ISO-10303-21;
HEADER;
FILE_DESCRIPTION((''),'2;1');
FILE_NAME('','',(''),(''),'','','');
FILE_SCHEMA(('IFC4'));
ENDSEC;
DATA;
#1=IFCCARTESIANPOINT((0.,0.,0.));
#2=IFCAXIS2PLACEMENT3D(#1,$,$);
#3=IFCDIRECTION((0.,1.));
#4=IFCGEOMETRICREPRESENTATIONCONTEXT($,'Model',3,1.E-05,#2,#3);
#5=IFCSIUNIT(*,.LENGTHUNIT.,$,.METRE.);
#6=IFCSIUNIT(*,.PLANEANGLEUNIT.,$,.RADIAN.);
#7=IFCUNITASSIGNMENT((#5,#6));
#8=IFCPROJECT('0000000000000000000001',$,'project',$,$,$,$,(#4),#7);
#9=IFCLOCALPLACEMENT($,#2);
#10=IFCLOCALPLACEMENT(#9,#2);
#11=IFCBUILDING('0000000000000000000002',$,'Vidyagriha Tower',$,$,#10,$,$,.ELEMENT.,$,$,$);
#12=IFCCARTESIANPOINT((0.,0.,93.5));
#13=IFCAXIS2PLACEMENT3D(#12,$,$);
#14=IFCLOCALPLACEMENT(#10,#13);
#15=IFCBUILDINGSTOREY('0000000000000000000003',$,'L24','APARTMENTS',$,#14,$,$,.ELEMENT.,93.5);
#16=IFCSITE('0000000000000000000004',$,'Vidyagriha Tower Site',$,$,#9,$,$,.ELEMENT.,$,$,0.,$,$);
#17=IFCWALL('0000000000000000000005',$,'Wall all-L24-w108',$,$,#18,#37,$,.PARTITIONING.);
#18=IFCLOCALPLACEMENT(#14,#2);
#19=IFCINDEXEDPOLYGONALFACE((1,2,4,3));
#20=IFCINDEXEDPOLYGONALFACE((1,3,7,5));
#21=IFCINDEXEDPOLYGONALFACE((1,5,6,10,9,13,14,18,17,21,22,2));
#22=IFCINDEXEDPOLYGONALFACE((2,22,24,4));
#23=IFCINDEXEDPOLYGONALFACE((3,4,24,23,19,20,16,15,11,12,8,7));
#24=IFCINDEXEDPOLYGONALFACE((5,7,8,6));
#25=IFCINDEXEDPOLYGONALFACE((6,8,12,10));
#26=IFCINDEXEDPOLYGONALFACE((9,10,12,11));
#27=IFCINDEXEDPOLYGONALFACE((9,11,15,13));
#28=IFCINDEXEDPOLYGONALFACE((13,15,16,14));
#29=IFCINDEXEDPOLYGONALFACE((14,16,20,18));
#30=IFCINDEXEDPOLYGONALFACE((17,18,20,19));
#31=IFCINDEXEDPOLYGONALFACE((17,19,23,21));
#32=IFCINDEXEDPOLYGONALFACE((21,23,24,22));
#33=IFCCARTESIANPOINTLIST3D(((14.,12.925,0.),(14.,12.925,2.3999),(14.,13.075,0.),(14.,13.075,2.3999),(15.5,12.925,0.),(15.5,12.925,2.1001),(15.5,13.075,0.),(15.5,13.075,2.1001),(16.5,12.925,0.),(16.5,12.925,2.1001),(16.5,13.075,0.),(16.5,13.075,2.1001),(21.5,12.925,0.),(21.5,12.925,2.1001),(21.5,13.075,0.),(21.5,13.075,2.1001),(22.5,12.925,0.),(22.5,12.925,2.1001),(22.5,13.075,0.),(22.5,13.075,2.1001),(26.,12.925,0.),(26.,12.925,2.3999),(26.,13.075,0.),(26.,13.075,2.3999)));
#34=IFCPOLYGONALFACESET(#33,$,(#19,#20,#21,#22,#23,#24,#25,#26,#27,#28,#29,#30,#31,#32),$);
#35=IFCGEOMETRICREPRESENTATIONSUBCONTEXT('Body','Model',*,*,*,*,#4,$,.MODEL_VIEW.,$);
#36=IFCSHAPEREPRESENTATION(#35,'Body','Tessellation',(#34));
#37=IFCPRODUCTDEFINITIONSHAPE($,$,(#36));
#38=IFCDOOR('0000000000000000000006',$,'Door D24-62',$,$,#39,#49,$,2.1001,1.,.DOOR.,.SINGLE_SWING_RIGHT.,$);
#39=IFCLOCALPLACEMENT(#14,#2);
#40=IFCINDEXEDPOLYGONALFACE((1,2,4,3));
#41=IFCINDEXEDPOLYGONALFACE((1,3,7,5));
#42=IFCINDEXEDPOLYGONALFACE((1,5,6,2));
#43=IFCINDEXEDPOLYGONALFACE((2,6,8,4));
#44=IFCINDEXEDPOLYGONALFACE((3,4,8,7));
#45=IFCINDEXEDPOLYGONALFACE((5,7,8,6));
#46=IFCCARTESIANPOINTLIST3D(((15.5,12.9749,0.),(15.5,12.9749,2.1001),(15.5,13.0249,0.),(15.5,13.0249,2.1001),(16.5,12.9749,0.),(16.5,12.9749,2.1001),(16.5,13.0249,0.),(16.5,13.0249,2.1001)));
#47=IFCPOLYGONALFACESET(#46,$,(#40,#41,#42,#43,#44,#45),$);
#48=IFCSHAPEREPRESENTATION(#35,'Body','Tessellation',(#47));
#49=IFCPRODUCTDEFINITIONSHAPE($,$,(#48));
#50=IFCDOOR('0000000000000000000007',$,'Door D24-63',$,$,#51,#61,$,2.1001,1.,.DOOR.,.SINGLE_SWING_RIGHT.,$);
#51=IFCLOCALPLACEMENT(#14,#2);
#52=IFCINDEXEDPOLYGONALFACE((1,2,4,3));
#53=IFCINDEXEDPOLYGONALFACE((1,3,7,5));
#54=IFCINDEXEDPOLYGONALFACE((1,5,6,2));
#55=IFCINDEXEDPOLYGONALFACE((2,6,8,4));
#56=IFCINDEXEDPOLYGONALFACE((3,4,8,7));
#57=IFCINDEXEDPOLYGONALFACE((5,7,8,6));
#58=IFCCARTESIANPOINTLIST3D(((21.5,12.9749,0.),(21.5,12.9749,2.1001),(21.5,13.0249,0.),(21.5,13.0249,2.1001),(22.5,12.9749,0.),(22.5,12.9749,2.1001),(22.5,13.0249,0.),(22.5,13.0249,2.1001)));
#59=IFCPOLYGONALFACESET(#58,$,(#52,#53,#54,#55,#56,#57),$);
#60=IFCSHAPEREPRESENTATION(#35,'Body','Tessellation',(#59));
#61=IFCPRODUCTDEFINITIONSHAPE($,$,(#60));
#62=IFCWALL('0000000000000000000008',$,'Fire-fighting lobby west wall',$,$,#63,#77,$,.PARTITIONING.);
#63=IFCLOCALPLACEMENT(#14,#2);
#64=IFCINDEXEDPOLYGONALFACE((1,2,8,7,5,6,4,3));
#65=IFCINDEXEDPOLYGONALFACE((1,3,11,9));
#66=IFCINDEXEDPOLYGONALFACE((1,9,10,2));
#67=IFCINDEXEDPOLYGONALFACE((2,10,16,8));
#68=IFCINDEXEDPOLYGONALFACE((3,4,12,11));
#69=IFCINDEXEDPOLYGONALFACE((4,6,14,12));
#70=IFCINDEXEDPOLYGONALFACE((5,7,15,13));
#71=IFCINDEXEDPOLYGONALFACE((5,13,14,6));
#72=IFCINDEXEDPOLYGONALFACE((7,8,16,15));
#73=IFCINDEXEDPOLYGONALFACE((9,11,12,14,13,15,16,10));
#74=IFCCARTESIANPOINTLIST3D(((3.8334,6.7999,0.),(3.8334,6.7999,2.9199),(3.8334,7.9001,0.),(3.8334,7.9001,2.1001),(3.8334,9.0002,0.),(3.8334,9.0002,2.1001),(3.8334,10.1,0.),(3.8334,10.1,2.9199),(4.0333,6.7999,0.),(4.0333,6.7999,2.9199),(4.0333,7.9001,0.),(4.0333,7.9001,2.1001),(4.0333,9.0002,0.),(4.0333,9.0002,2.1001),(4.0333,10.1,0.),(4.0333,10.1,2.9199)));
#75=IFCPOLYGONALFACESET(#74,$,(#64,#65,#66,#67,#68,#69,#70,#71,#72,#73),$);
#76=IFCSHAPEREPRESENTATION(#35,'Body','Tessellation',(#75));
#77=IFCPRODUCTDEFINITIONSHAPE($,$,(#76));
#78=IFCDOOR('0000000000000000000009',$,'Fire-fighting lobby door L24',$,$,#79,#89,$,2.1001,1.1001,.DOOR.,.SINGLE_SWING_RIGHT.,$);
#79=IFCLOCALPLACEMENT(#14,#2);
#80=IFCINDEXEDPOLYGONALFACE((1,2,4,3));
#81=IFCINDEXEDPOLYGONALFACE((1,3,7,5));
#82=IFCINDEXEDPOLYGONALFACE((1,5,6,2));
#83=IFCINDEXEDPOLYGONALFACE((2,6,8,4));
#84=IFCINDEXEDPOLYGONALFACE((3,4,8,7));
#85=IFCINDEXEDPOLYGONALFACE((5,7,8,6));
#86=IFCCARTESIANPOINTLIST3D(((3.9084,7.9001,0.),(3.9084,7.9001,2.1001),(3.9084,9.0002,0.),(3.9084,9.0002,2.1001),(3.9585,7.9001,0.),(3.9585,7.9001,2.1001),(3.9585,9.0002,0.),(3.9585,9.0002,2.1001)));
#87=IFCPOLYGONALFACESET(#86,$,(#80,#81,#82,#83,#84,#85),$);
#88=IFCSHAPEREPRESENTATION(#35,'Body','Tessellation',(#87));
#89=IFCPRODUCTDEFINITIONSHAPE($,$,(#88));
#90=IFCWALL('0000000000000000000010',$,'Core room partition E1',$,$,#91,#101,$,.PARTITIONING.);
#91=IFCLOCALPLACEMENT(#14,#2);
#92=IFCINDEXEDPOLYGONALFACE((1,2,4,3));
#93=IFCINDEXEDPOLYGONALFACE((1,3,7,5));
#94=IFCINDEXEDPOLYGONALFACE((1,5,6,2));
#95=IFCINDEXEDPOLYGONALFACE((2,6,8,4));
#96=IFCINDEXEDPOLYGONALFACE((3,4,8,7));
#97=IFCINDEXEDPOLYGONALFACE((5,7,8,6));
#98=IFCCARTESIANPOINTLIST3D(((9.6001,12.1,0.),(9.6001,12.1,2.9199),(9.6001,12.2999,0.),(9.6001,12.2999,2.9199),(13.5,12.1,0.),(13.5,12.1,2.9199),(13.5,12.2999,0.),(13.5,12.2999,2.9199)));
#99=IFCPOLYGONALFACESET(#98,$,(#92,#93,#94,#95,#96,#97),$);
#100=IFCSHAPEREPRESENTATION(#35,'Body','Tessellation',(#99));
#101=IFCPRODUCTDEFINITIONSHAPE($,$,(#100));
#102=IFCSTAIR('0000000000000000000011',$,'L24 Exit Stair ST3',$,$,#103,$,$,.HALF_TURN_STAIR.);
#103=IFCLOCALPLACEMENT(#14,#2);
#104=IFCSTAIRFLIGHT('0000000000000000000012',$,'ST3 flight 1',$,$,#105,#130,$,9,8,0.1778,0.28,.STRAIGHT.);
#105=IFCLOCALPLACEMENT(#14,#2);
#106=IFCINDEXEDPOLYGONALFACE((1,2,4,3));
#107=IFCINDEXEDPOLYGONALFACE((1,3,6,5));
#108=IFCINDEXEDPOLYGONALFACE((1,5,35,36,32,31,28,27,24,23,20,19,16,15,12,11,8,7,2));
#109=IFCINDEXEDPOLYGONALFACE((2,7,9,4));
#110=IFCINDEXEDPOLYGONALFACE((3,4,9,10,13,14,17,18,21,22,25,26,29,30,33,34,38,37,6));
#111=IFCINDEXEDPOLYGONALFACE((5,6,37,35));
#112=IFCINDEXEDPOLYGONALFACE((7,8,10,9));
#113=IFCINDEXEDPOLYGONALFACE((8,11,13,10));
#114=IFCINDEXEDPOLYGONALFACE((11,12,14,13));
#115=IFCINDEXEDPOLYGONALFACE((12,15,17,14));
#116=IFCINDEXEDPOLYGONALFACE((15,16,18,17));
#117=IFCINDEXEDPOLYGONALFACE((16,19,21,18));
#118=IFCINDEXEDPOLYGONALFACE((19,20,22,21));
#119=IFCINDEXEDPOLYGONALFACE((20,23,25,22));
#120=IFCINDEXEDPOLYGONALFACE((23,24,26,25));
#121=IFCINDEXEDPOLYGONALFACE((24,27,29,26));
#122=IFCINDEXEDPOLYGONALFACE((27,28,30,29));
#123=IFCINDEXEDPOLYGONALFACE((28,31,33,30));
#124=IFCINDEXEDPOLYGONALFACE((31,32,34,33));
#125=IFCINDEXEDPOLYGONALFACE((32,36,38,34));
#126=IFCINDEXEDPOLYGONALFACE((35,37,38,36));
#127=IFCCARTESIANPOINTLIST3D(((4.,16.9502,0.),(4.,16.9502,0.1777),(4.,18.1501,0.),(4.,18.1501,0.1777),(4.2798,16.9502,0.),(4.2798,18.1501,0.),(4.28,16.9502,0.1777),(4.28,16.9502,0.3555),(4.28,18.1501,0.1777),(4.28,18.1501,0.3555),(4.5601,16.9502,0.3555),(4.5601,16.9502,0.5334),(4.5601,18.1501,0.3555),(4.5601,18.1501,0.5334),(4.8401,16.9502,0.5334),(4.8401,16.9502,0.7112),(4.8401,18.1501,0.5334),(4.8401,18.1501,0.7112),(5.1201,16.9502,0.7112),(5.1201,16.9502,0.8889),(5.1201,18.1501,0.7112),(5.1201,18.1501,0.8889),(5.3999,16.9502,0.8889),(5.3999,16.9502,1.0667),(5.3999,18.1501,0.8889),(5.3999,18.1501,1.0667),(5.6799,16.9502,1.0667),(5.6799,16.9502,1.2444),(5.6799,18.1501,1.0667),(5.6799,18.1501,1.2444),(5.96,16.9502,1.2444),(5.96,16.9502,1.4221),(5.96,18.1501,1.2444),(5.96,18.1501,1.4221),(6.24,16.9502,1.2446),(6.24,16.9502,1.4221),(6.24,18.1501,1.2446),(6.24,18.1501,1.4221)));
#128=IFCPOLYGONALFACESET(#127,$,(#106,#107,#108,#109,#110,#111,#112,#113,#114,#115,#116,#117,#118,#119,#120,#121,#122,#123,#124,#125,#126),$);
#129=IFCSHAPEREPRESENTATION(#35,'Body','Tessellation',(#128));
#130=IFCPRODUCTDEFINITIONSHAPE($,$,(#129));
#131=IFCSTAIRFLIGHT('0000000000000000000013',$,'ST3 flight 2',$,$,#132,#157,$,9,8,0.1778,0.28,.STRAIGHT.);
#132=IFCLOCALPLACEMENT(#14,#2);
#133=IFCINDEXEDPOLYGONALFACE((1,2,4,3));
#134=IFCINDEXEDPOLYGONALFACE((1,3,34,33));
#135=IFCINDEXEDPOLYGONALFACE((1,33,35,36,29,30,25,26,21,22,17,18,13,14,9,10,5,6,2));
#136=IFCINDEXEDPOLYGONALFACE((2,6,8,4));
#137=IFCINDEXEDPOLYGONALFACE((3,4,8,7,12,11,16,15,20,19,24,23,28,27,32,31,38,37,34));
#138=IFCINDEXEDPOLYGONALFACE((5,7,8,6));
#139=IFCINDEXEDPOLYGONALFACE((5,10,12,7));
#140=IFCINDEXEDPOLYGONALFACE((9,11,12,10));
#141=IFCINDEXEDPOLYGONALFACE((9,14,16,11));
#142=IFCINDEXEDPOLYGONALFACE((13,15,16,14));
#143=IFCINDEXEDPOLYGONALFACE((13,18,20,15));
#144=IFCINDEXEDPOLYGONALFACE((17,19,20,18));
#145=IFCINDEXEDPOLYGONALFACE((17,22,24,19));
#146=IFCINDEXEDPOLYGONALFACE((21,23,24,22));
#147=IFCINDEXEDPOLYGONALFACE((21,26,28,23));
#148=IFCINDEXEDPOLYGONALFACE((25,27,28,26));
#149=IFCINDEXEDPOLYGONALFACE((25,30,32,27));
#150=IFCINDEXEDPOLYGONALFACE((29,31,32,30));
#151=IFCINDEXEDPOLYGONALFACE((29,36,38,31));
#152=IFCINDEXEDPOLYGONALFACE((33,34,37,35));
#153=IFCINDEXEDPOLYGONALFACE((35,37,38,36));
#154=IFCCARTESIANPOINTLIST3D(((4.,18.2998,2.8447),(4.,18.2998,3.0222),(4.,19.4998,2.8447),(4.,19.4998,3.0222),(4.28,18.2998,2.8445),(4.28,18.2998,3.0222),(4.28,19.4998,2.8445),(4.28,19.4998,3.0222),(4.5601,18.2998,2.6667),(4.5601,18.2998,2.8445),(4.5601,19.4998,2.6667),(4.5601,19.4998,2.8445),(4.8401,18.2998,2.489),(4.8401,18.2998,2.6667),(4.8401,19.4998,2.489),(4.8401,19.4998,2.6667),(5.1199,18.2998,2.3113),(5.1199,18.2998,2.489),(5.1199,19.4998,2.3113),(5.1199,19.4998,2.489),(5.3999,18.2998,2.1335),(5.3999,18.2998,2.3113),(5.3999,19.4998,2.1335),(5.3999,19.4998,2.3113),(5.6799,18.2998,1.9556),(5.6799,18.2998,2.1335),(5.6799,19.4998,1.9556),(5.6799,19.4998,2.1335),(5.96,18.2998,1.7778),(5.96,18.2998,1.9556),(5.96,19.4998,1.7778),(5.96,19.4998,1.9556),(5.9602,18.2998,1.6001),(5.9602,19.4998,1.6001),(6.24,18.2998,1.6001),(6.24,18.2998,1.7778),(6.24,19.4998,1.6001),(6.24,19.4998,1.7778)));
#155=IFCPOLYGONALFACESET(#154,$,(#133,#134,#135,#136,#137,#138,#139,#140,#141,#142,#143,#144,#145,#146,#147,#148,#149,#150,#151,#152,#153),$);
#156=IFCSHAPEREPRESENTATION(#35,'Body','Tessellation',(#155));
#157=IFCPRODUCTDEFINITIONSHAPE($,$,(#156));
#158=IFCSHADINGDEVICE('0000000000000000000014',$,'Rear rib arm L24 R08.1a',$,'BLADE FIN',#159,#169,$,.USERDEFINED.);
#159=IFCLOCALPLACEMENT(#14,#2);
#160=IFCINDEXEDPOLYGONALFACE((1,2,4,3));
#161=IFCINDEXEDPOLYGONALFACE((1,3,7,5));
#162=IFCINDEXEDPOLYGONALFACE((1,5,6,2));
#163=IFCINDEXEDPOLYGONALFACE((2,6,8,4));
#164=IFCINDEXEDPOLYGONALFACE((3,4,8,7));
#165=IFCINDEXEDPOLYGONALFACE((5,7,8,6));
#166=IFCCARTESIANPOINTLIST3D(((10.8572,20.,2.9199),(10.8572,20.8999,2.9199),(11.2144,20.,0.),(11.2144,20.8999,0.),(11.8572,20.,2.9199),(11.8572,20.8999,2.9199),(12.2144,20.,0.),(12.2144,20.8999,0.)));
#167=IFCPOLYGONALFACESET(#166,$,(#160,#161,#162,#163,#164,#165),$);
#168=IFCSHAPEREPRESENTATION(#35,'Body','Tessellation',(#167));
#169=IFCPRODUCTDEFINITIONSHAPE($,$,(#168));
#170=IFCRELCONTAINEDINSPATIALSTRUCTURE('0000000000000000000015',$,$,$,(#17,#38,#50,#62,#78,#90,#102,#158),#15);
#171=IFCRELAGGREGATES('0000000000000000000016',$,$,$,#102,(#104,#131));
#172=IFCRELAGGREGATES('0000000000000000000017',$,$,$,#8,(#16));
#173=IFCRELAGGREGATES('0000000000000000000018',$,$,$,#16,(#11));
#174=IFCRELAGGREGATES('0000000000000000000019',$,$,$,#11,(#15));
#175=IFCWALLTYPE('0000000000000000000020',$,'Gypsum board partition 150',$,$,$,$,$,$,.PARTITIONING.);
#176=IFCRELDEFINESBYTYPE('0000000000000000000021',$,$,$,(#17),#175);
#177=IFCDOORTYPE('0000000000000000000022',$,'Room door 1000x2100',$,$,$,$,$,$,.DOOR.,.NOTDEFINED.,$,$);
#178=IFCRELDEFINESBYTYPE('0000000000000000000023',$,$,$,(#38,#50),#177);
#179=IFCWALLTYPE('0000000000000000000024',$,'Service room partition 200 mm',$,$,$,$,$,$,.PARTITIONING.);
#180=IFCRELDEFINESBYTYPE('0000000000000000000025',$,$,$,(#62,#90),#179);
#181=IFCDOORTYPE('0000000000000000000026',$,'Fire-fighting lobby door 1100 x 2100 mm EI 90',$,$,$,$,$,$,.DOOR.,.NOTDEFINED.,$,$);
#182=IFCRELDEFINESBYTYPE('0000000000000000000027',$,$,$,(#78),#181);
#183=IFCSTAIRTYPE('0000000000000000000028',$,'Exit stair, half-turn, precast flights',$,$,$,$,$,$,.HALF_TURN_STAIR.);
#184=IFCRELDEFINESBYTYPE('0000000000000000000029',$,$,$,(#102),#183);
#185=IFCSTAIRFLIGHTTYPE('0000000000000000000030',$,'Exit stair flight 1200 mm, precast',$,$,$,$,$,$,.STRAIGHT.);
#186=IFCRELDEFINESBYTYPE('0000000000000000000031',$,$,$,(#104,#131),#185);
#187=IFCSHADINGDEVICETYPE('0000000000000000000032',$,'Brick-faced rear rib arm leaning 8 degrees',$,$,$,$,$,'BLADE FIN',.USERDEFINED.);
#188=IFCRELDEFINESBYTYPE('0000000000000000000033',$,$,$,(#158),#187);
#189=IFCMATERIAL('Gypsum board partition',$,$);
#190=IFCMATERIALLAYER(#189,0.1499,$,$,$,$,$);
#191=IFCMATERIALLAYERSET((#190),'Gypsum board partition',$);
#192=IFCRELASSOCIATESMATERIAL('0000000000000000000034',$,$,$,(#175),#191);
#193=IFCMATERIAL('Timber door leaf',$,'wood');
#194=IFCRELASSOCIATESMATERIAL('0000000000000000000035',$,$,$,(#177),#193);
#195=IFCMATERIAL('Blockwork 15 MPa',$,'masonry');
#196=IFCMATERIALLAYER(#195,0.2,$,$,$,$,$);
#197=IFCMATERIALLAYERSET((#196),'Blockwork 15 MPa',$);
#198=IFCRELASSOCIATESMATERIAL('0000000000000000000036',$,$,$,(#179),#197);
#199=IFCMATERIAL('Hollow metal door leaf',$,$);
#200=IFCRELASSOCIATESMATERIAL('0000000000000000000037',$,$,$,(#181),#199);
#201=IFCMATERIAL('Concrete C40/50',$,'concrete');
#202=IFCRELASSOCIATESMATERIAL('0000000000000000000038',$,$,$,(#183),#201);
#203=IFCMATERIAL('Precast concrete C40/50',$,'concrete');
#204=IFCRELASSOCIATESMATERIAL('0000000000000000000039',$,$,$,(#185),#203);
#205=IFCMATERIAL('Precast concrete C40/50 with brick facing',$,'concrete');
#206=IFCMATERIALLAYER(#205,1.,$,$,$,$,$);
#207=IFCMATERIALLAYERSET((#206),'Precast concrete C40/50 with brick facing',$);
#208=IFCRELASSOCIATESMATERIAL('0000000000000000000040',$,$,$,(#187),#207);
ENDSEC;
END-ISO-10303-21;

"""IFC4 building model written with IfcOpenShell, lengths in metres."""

from ifc_helpers import new_model, si_unit, direction, frame, frame_2d, origin, place, context, subcontext, project, spatial, polyline, rectangle, outline, extrude, material, layer, layer_set, type_object, element, fill, aggregate, save


model = new_model("IFC4")

# Units and contexts
model_context = context("Model", 3, precision=1e-05, world=origin(), true_north=direction((0.0, 1.0)))
body_context = subcontext(model_context, "Body", "Model", "MODEL_VIEW")
ifc_project = project(units=[si_unit("LENGTHUNIT", "METRE"), si_unit("PLANEANGLEUNIT", "RADIAN")], contexts=[model_context])

# Site, building, storey
site_placement = place(None, origin())
site = spatial("IfcSite", under=ifc_project, at=site_placement, Name="Vidyagriha Tower Site", CompositionType="ELEMENT", RefElevation=0.0)
building_placement = place(site_placement, origin())
building = spatial("IfcBuilding", under=site, at=building_placement, Name="Vidyagriha Tower", CompositionType="ELEMENT")
storey_placement = place(building_placement, frame((0.0, 0.0, 93.5)))
storey = spatial("IfcBuildingStorey", under=building, at=storey_placement, Name="L24", Description="APARTMENTS", CompositionType="ELEMENT", Elevation=93.5)

# Wall, openings, doors
ifc_material_1 = material(Name="Gypsum board partition")
ifc_layer_1 = layer(ifc_material_1, 0.1499)
ifc_layer_set_1 = layer_set([ifc_layer_1], Name="Gypsum board partition")
wall_type_1 = type_object("IfcWallType", Name="Gypsum board partition 150", PredefinedType="PARTITIONING", material=ifc_layer_set_1)
wall_1_placement = place(storey_placement, frame((14.0, 13.0, 0.0)))
wall_1 = element("IfcWall", 1, at=wall_1_placement, inside=storey, type_object=wall_type_1, Name="Wall all-L24-w108", PredefinedType="PARTITIONING", context=body_context, shape_type="SweptSolid", body=[
    extrude(rectangle(XDim=12.0, YDim=0.1499, at=frame_2d((6.0, 0.0))), origin(), (0.0, 0.0, 1.0), 2.3999),
])
opening_1_placement = place(wall_1_placement, frame((1.5, 0.0, 0.0)))
opening_1 = element("IfcOpeningElement", 2, at=opening_1_placement, cuts=wall_1, PredefinedType="OPENING", context=body_context, shape_type="SweptSolid", body=[
    extrude(rectangle(XDim=1.0, YDim=2.1001, at=frame_2d((0.5, 1.05))), frame((0.0, 0.085, 0.0), z_axis=(0.0, -1.0, 0.0), x_axis=(1.0, 0.0, 0.0)), (0.0, 0.0, 1.0), 0.1699),
])
opening_2_placement = place(wall_1_placement, frame((7.5, 0.0, 0.0)))
opening_2 = element("IfcOpeningElement", 3, at=opening_2_placement, cuts=wall_1, PredefinedType="OPENING", context=body_context, shape_type="SweptSolid", body=[
    extrude(rectangle(XDim=1.0, YDim=2.1001, at=frame_2d((0.5, 1.05))), frame((0.0, 0.085, 0.0), z_axis=(0.0, -1.0, 0.0), x_axis=(1.0, 0.0, 0.0)), (0.0, 0.0, 1.0), 0.1699),
])
ifc_material_2 = material(Name="Timber door leaf", Category="wood")
door_type_1 = type_object("IfcDoorType", Name="Room door 1000x2100", OperationType="NOTDEFINED", PredefinedType="DOOR", material=ifc_material_2)
door_1_placement = place(opening_1_placement, origin())
door_1 = element("IfcDoor", 4, at=door_1_placement, inside=storey, type_object=door_type_1, Name="Door D24-62", OperationType="SINGLE_SWING_RIGHT", OverallHeight=2.1001, OverallWidth=1.0, PredefinedType="DOOR", context=body_context, shape_type="SweptSolid", body=[
    extrude(rectangle(XDim=1.0, YDim=2.1001, at=frame_2d((0.5, 1.05))), frame((0.0, 0.0249, 0.0), z_axis=(0.0, -1.0, 0.0), x_axis=(1.0, 0.0, 0.0)), (0.0, 0.0, 1.0), 0.05),
])
fill(opening_1, door_1)
door_2_placement = place(opening_2_placement, origin())
door_2 = element("IfcDoor", 5, at=door_2_placement, inside=storey, type_object=door_type_1, Name="Door D24-63", OperationType="SINGLE_SWING_RIGHT", OverallHeight=2.1001, OverallWidth=1.0, PredefinedType="DOOR", context=body_context, shape_type="SweptSolid", body=[
    extrude(rectangle(XDim=1.0, YDim=2.1001, at=frame_2d((0.5, 1.05))), frame((0.0, 0.0249, 0.0), z_axis=(0.0, -1.0, 0.0), x_axis=(1.0, 0.0, 0.0)), (0.0, 0.0, 1.0), 0.05),
])
fill(opening_2, door_2)

# Wall, opening, door
ifc_material_3 = material(Name="Blockwork 15 MPa", Category="masonry")
ifc_layer_2 = layer(ifc_material_3, 0.2)
ifc_layer_set_2 = layer_set([ifc_layer_2], Name="Blockwork 15 MPa")
wall_type_2 = type_object("IfcWallType", Name="Service room partition 200 mm", PredefinedType="PARTITIONING", material=ifc_layer_set_2)
wall_2_placement = place(storey_placement, frame((3.9333, 6.8, 0.0), z_axis=(0.0, 0.0, 1.0), x_axis=(0.0, 1.0, 0.0)))
wall_2 = element("IfcWall", 6, at=wall_2_placement, inside=storey, type_object=wall_type_2, Name="Fire-fighting lobby west wall", PredefinedType="PARTITIONING", context=body_context, shape_type="SweptSolid", body=[
    extrude(rectangle(XDim=3.3, YDim=0.2, at=frame_2d((1.6499, 0.0))), origin(), (0.0, 0.0, 1.0), 2.9199),
])
opening_3_placement = place(wall_2_placement, frame((1.1001, 0.0, 0.0)))
opening_3 = element("IfcOpeningElement", 7, at=opening_3_placement, cuts=wall_2, PredefinedType="OPENING", context=body_context, shape_type="SweptSolid", body=[
    extrude(rectangle(XDim=1.1001, YDim=2.1001, at=frame_2d((0.55, 1.05))), frame((0.0, 0.1099, 0.0), z_axis=(0.0, -1.0, 0.0), x_axis=(1.0, 0.0, 0.0)), (0.0, 0.0, 1.0), 0.22),
])
ifc_material_4 = material(Name="Hollow metal door leaf")
door_type_2 = type_object("IfcDoorType", Name="Fire-fighting lobby door 1100 x 2100 mm EI 90", OperationType="NOTDEFINED", PredefinedType="DOOR", material=ifc_material_4)
door_3_placement = place(opening_3_placement, origin())
door_3 = element("IfcDoor", 8, at=door_3_placement, inside=storey, type_object=door_type_2, Name="Fire-fighting lobby door L24", OperationType="SINGLE_SWING_RIGHT", OverallHeight=2.1001, OverallWidth=1.1001, PredefinedType="DOOR", context=body_context, shape_type="SweptSolid", body=[
    extrude(rectangle(XDim=1.1001, YDim=2.1001, at=frame_2d((0.55, 1.05))), frame((0.0, 0.0249, 0.0), z_axis=(0.0, -1.0, 0.0), x_axis=(1.0, 0.0, 0.0)), (0.0, 0.0, 1.0), 0.05),
])
fill(opening_3, door_3)

# Wall
wall_3_placement = place(storey_placement, frame((9.6001, 12.2, 0.0)))
element("IfcWall", 9, at=wall_3_placement, inside=storey, type_object=wall_type_2, Name="Core room partition E1", PredefinedType="PARTITIONING", context=body_context, shape_type="SweptSolid", body=[
    extrude(rectangle(XDim=3.8999, YDim=0.2, at=frame_2d((1.95, 0.0))), origin(), (0.0, 0.0, 1.0), 2.9199),
])

# Stair, stair flights
ifc_material_5 = material(Name="Concrete C40/50", Category="concrete")
stair_type = type_object("IfcStairType", Name="Exit stair, half-turn, precast flights", PredefinedType="HALF_TURN_STAIR", material=ifc_material_5)
stair_placement = place(storey_placement, origin())
stair = element("IfcStair", 10, at=stair_placement, inside=storey, type_object=stair_type, Name="L24 Exit Stair ST3", PredefinedType="HALF_TURN_STAIR")
ifc_material_6 = material(Name="Precast concrete C40/50", Category="concrete")
stair_flight_type = type_object("IfcStairFlightType", Name="Exit stair flight 1200 mm, precast", PredefinedType="STRAIGHT", material=ifc_material_6)
stair_flight_1_placement = place(storey_placement, frame((4.0, 17.55, 0.0)))
stair_flight_1 = element("IfcStairFlight", 11, at=stair_flight_1_placement, type_object=stair_flight_type, Name="ST3 flight 1", NumberOfRisers=9, NumberOfTreads=8, PredefinedType="STRAIGHT", RiserHeight=0.1778, TreadLength=0.28, context=body_context, shape_type="SweptSolid", body=[
    extrude(outline(polyline([(0.0, 0.0), (0.0, 0.1777), (0.28, 0.1777), (0.28, 0.3555), (0.5601, 0.3555), (0.5601, 0.5334), (0.8401, 0.5334), (0.8401, 0.7112), (1.1201, 0.7112), (1.1201, 0.8889), (1.3999, 0.8889), (1.3999, 1.0667), (1.6799, 1.0667), (1.6799, 1.2444), (1.96, 1.2444), (1.96, 1.4221), (2.24, 1.4221), (2.24, 1.6001), (2.24, 1.2446), (0.2798, 0.0), (0.0, 0.0)])), frame((0.0, 0.6001, 0.0), z_axis=(0.0, -1.0, 0.0), x_axis=(1.0, 0.0, 0.0)), (0.0, 0.0, 1.0), 1.2),
])
stair_flight_2_placement = place(storey_placement, frame((6.24, 18.8999, 1.6001), z_axis=(0.0, 0.0, 1.0), x_axis=(-1.0, 0.0, 0.0)))
stair_flight_2 = element("IfcStairFlight", 12, at=stair_flight_2_placement, type_object=stair_flight_type, Name="ST3 flight 2", NumberOfRisers=9, NumberOfTreads=8, PredefinedType="STRAIGHT", RiserHeight=0.1778, TreadLength=0.28, context=body_context, shape_type="SweptSolid", body=[
    extrude(outline(polyline([(0.0, 0.0), (0.0, 0.1777), (0.28, 0.1777), (0.28, 0.3555), (0.5601, 0.3555), (0.5601, 0.5334), (0.8401, 0.5334), (0.8401, 0.7112), (1.1201, 0.7112), (1.1201, 0.8889), (1.3999, 0.8889), (1.3999, 1.0667), (1.6799, 1.0667), (1.6799, 1.2444), (1.96, 1.2444), (1.96, 1.4221), (2.24, 1.4221), (2.24, 1.6001), (2.24, 1.2446), (0.2798, 0.0), (0.0, 0.0)])), frame((0.0, 0.6001, 0.0), z_axis=(0.0, -1.0, 0.0), x_axis=(1.0, 0.0, 0.0)), (0.0, 0.0, 1.0), 1.2),
])
aggregate(stair, [stair_flight_1, stair_flight_2])

# Shading device
ifc_material_7 = material(Name="Precast concrete C40/50 with brick facing", Category="concrete")
ifc_layer_3 = layer(ifc_material_7, 1.0)
ifc_layer_set_3 = layer_set([ifc_layer_3], Name="Precast concrete C40/50 with brick facing")
shading_device_type = type_object("IfcShadingDeviceType", Name="Brick-faced rear rib arm leaning 8 degrees", ElementType="BLADE FIN", PredefinedType="USERDEFINED", material=ifc_layer_set_3)
shading_device_1_placement = place(storey_placement, frame((12.2144, 20.45, 0.0), z_axis=(0.0, 0.0, 1.0), x_axis=(-1.0, 0.0, 0.0)))
element("IfcShadingDevice", 13, at=shading_device_1_placement, inside=storey, type_object=shading_device_type, Name="Rear rib arm L24 R08.1a", ObjectType="BLADE FIN", PredefinedType="USERDEFINED", context=body_context, shape_type="SweptSolid", body=[
    extrude(outline(polyline([(0.0, 0.0), (1.0, 0.0), (1.3572, 2.9199), (0.3572, 2.9199), (0.0, 0.0)])), frame((0.0, 0.45, 0.0), z_axis=(0.0, -1.0, 0.0), x_axis=(1.0, 0.0, 0.0)), (0.0, 0.0, 1.0), 0.8999),
])

save(model, "model.ifc")
